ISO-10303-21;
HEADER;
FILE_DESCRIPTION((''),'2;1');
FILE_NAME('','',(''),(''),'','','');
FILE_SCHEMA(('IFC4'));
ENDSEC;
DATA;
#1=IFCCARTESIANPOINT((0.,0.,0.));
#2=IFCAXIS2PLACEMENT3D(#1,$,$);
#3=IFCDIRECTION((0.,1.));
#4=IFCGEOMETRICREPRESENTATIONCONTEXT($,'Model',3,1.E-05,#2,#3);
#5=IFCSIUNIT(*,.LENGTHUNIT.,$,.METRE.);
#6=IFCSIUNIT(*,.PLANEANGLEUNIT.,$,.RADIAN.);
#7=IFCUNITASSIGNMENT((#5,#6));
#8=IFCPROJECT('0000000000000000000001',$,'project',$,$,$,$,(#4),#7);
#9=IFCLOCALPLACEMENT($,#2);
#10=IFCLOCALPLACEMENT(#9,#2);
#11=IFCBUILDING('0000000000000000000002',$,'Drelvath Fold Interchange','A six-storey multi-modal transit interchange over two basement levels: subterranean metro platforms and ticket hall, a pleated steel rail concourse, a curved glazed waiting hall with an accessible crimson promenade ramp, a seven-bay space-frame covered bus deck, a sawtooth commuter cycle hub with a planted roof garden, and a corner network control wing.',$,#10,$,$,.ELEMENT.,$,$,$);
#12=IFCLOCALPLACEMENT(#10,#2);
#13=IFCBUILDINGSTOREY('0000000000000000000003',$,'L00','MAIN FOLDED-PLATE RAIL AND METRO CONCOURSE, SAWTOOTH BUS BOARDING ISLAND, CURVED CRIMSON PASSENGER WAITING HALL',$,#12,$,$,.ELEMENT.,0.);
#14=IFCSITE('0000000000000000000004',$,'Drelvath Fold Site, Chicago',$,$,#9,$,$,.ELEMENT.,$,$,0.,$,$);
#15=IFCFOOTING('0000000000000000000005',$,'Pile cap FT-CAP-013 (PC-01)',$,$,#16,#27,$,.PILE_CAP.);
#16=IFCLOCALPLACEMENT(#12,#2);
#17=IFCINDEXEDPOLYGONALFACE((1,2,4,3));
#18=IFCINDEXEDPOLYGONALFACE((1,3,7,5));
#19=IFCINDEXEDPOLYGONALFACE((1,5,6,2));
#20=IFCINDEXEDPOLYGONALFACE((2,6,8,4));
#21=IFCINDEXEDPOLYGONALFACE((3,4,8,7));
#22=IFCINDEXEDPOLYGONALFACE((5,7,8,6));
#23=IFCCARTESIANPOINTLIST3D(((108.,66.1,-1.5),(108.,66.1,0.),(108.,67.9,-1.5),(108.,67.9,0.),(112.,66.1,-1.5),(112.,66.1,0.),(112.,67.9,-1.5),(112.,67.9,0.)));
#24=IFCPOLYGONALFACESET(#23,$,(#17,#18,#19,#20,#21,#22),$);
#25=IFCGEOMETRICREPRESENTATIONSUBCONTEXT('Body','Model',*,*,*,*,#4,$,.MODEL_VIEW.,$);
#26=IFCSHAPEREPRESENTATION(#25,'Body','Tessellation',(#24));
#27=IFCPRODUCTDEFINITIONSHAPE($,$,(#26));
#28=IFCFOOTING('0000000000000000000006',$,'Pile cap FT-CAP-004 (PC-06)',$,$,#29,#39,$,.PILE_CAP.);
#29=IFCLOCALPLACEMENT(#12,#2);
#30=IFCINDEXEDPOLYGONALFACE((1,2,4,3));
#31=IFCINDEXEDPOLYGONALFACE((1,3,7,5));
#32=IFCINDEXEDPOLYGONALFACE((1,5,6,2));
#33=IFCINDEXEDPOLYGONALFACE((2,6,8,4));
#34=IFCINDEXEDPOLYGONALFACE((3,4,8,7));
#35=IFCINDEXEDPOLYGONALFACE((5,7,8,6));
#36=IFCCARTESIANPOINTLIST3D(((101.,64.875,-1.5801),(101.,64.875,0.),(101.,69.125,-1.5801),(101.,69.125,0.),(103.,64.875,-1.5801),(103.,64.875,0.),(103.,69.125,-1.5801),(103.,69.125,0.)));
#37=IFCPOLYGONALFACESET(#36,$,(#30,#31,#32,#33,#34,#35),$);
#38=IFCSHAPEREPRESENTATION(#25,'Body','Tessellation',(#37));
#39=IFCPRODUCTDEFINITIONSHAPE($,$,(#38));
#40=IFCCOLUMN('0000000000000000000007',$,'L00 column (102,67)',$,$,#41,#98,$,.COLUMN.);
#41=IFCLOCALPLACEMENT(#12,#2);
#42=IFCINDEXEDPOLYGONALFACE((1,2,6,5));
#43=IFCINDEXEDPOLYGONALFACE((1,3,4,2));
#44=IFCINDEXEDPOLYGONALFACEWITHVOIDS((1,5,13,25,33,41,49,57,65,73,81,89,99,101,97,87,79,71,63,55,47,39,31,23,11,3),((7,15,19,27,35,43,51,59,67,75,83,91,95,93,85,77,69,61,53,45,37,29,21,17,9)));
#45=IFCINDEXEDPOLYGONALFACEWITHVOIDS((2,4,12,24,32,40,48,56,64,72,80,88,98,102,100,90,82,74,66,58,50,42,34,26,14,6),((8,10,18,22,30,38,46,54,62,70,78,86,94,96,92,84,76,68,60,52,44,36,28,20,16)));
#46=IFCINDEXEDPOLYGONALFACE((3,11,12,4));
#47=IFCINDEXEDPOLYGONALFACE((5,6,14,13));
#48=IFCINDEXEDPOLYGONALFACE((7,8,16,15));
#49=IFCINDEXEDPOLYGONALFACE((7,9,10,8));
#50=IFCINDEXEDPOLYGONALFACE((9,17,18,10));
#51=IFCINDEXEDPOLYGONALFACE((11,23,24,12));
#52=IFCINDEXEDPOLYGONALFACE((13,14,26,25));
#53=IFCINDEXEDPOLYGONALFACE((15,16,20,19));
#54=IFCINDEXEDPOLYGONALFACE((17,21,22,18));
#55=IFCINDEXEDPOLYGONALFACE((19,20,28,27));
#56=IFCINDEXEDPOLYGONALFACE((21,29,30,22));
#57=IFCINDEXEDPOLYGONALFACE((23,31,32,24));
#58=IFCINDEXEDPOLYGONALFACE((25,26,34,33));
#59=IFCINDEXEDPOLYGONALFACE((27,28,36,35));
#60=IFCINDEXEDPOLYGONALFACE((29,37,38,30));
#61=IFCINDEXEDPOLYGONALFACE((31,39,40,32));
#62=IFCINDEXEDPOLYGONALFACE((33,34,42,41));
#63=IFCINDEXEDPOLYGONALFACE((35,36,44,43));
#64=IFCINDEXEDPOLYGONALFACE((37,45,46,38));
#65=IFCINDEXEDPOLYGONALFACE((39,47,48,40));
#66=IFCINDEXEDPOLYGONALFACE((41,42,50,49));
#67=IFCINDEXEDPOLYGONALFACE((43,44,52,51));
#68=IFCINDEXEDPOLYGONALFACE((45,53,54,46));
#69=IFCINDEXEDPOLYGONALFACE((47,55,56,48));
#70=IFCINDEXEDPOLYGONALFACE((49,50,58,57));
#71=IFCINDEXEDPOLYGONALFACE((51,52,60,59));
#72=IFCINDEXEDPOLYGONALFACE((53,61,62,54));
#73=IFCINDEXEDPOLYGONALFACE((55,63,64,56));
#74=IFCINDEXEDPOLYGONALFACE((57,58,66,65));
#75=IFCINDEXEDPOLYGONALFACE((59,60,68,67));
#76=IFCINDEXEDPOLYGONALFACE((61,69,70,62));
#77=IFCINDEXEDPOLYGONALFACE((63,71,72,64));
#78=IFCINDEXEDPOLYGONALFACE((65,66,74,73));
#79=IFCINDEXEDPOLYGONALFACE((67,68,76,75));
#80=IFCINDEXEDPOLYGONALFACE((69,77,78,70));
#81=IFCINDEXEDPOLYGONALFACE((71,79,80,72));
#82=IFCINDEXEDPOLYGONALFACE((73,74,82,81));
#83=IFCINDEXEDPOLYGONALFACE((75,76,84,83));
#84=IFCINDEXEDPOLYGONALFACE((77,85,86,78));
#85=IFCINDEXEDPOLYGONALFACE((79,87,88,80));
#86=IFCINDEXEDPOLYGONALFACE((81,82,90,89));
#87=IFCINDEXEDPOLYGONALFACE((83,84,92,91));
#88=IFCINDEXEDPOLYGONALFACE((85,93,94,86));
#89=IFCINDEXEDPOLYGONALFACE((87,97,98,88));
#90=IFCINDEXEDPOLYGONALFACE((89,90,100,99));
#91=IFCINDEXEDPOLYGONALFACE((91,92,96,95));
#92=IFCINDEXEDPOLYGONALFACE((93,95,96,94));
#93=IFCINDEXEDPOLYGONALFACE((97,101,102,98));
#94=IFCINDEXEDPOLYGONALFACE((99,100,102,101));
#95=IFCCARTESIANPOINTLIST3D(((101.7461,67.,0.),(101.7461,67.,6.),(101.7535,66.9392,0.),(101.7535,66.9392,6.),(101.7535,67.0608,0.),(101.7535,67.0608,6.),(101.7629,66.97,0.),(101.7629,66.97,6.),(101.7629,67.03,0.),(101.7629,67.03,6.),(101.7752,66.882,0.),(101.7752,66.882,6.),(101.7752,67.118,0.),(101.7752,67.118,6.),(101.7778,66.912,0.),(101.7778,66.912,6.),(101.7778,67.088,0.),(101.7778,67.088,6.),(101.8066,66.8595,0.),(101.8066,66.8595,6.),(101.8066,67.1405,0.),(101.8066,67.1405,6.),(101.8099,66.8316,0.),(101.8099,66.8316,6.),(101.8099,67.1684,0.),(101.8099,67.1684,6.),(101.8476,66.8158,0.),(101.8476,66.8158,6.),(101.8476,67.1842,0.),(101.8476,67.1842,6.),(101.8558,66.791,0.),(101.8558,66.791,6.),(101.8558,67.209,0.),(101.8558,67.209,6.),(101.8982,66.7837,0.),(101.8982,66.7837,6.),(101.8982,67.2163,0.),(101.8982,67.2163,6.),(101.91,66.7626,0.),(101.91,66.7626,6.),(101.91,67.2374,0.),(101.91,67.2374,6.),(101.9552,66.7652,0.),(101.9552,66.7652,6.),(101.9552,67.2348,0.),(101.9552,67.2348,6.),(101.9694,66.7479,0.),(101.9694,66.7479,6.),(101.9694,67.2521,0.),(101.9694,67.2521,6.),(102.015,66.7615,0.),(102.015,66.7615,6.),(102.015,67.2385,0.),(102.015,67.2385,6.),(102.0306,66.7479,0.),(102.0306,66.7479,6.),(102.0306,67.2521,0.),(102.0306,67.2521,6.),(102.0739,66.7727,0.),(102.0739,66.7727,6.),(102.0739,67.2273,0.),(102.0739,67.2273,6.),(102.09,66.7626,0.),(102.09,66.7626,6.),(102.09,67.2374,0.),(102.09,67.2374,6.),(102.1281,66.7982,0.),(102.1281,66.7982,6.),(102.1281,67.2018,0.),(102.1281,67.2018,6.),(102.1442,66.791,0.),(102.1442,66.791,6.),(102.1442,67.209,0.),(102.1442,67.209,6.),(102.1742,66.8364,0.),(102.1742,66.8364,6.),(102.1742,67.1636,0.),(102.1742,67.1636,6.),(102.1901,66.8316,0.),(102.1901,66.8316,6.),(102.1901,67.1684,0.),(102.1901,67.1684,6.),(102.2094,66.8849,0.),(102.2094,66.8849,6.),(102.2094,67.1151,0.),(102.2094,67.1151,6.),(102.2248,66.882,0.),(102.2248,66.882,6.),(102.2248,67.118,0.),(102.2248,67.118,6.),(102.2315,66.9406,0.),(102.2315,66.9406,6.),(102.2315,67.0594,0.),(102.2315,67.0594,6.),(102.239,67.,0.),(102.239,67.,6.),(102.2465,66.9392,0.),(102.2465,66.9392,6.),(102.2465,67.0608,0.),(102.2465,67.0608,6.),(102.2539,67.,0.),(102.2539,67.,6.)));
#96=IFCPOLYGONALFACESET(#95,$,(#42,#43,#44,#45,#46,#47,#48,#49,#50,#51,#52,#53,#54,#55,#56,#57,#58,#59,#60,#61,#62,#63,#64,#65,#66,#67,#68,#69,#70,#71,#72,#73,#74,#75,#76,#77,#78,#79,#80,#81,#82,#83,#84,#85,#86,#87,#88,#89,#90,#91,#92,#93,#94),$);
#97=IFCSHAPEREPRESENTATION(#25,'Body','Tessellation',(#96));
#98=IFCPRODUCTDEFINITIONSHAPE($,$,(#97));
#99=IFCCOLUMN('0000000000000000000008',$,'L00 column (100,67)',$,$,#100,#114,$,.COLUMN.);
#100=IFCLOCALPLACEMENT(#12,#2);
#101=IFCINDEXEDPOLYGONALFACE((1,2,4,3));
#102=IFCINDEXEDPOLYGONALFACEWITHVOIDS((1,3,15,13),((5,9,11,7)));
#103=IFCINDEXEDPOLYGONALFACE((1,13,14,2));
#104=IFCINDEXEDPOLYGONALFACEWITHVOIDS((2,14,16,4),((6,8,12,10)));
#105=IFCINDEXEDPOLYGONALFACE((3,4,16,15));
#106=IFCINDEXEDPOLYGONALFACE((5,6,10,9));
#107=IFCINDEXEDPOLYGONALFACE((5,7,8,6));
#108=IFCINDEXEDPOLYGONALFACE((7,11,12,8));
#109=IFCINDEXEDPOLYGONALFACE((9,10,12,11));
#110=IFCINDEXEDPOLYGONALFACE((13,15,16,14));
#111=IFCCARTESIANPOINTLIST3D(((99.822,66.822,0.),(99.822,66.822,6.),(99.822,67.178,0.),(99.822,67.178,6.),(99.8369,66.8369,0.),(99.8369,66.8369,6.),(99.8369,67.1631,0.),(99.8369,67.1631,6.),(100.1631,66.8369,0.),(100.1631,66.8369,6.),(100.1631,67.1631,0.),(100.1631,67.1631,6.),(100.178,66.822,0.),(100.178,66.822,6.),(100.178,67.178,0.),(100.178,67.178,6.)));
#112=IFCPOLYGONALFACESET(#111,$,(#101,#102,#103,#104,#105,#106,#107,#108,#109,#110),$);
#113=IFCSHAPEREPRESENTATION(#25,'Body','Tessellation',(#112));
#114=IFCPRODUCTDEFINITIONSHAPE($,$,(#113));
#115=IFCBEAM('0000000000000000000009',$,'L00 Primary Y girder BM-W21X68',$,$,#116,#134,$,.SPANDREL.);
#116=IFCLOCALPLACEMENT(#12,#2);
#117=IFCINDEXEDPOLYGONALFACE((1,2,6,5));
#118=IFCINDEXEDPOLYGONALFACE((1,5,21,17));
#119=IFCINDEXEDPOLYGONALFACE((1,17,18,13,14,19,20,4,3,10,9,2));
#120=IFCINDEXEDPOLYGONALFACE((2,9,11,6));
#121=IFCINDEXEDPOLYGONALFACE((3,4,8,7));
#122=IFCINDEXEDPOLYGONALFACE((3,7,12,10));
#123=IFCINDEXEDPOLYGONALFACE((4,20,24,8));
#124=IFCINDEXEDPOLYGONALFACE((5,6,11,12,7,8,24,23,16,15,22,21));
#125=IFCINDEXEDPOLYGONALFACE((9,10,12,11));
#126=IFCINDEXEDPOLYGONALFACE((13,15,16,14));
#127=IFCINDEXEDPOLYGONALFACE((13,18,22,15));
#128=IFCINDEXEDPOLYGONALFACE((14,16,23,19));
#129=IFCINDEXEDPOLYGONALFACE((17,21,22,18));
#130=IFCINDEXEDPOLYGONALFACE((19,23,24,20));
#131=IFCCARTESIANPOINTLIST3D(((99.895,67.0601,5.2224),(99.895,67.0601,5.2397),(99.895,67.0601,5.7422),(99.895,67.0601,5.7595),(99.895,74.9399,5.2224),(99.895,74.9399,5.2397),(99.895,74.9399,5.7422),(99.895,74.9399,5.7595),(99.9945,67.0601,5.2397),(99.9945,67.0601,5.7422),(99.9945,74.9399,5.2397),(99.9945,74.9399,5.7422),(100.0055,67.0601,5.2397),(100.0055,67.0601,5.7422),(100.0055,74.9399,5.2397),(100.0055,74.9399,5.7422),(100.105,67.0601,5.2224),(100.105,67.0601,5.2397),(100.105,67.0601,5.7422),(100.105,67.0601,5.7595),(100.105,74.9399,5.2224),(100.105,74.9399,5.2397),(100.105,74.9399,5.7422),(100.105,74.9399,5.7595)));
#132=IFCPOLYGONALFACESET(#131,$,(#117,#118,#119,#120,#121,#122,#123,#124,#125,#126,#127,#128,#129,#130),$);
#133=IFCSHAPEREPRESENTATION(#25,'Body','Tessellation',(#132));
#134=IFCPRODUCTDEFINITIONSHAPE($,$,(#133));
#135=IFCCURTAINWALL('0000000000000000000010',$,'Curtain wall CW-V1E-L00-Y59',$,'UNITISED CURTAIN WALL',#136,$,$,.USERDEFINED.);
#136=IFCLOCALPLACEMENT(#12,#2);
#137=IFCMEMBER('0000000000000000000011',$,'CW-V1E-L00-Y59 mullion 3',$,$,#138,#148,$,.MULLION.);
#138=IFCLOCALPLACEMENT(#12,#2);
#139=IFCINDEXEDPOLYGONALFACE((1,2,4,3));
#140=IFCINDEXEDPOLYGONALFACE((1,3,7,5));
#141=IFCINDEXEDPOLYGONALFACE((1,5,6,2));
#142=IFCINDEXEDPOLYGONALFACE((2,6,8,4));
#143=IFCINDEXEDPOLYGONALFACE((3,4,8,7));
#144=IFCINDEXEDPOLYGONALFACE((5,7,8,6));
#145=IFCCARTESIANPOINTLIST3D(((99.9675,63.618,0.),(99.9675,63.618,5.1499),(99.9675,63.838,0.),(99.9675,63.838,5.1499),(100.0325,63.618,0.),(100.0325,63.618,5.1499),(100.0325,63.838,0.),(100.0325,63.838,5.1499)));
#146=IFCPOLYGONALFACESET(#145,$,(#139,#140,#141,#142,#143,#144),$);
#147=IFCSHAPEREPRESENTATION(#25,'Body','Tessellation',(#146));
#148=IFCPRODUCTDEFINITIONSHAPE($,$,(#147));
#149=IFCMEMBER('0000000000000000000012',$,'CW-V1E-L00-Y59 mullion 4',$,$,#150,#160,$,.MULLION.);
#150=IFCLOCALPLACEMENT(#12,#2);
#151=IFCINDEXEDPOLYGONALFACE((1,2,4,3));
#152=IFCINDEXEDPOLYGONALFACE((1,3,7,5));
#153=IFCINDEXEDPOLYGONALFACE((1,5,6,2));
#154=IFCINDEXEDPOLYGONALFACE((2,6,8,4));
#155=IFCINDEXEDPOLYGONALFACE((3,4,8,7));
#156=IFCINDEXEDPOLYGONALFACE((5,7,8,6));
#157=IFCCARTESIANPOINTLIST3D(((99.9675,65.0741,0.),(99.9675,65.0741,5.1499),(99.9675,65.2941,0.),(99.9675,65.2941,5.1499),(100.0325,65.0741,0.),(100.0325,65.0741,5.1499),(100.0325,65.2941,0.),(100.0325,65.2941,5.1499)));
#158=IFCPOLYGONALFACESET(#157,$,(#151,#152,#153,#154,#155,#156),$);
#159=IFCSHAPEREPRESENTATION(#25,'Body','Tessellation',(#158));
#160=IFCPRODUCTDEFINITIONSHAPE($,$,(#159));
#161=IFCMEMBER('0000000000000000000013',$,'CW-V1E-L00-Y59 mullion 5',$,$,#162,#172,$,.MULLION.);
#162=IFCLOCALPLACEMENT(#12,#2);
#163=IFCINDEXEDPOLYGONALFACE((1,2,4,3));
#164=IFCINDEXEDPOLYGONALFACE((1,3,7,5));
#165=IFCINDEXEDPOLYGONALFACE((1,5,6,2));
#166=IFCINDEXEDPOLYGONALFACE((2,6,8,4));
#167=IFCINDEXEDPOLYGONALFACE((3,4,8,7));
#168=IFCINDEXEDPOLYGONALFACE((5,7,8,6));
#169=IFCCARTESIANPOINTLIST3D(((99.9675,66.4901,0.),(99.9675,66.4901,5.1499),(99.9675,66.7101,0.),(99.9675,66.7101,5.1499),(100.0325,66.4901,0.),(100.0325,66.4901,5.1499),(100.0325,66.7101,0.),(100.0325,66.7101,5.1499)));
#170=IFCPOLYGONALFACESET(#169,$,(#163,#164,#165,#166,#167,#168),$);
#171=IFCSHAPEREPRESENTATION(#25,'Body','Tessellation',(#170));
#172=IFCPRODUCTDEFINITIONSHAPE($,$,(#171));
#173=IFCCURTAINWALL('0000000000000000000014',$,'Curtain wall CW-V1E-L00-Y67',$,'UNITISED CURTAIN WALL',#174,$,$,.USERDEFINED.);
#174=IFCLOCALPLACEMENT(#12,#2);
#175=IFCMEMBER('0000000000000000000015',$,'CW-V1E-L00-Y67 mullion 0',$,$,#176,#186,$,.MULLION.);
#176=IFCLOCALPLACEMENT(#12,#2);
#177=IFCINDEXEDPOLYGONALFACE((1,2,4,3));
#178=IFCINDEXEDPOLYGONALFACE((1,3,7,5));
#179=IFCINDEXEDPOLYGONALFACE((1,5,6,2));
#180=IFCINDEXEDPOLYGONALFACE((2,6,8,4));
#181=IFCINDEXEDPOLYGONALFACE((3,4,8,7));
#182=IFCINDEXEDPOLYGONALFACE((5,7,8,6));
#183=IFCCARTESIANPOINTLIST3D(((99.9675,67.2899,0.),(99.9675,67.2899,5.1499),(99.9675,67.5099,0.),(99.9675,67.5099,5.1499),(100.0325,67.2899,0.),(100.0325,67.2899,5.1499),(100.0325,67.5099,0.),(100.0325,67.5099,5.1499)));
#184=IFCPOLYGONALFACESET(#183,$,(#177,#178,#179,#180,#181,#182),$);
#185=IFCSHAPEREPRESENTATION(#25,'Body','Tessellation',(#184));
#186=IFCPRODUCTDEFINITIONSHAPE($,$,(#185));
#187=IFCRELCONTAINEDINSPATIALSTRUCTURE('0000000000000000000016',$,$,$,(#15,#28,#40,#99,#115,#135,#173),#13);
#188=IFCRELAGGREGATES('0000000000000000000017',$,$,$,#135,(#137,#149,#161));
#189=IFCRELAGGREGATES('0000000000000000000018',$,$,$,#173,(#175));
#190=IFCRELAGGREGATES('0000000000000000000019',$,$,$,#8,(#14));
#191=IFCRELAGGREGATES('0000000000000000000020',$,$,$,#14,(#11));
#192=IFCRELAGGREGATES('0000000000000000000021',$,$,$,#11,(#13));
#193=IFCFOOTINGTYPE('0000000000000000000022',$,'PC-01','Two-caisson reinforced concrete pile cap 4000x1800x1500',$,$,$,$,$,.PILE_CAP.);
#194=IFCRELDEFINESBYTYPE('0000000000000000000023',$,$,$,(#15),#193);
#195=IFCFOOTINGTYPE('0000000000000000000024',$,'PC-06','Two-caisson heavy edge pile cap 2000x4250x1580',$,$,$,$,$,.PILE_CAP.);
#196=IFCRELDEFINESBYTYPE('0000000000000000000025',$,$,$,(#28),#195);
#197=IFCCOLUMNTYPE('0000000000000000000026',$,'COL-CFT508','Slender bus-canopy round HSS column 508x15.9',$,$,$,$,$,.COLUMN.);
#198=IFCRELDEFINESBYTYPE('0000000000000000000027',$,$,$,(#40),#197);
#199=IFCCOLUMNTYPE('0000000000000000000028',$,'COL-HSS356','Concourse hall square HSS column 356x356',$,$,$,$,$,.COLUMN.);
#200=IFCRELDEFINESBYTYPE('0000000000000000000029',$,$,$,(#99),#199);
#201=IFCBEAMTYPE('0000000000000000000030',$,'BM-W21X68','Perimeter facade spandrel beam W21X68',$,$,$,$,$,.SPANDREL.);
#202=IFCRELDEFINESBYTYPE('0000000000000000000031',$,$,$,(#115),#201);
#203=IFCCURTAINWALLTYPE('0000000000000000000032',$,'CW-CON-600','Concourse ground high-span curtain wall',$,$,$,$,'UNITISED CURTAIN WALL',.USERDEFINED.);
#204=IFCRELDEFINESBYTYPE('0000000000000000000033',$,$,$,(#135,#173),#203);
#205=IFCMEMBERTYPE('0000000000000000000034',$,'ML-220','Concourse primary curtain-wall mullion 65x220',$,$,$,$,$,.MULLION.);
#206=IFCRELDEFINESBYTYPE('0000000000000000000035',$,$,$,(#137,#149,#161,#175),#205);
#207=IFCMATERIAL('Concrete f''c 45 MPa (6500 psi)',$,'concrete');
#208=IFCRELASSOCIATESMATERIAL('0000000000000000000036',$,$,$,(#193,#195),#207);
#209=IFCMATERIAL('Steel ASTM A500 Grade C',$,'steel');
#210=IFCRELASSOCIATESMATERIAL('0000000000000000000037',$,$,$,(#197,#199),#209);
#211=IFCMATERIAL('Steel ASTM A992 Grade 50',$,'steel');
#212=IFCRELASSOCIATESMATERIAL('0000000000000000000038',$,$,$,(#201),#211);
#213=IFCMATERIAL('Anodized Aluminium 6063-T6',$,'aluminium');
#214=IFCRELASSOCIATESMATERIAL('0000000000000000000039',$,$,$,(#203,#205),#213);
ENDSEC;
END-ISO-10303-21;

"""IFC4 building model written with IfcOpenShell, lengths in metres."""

from ifc_helpers import new_model, si_unit, direction, frame, origin, origin_2d, place, context, subcontext, project, spatial, rectangle, hollow_rectangle, hollow_circle, i_section, extrude, material, material_profile, profile_set, type_object, element, aggregate, save


model = new_model("IFC4")

# Units and contexts
model_context = context("Model", 3, precision=1e-05, world=origin(), true_north=direction((0.0, 1.0)))
body_context = subcontext(model_context, "Body", "Model", "MODEL_VIEW")
ifc_project = project(units=[si_unit("LENGTHUNIT", "METRE"), si_unit("PLANEANGLEUNIT", "RADIAN")], contexts=[model_context])

# Site, building, storey
site_placement = place(None, origin())
site = spatial("IfcSite", under=ifc_project, at=site_placement, Name="Drelvath Fold Site, Chicago", CompositionType="ELEMENT", RefElevation=0.0)
building_placement = place(site_placement, origin())
building = spatial("IfcBuilding", under=site, at=building_placement, Name="Drelvath Fold Interchange", Description="A six-storey multi-modal transit interchange over two basement levels: subterranean metro platforms and ticket hall, a pleated steel rail concourse, a curved glazed waiting hall with an accessible crimson promenade ramp, a seven-bay space-frame covered bus deck, a sawtooth commuter cycle hub with a planted roof garden, and a corner network control wing.", CompositionType="ELEMENT")
storey_placement = place(building_placement, origin())
storey = spatial("IfcBuildingStorey", under=building, at=storey_placement, Name="L00", Description="MAIN FOLDED-PLATE RAIL AND METRO CONCOURSE, SAWTOOTH BUS BOARDING ISLAND, CURVED CRIMSON PASSENGER WAITING HALL", CompositionType="ELEMENT", Elevation=0.0)

# Footings
ifc_material_1 = material(Name="Concrete f'c 45 MPa (6500 psi)", Category="concrete")
footing_type_1 = type_object("IfcFootingType", Name="PC-01", Description="Two-caisson reinforced concrete pile cap 4000x1800x1500", PredefinedType="PILE_CAP", material=ifc_material_1)
footing_1_placement = place(storey_placement, frame((110.0, 67.0, -1.5), z_axis=(0.0, 0.0, 1.0), x_axis=(1.0, 0.0, 0.0)))
element("IfcFooting", 1, at=footing_1_placement, inside=storey, type_object=footing_type_1, Name="Pile cap FT-CAP-013 (PC-01)", PredefinedType="PILE_CAP", context=body_context, shape_type="SweptSolid", body=[
    extrude(rectangle(XDim=4.0, YDim=1.8, at=origin_2d()), origin(), (0.0, 0.0, 1.0), 1.5),
])
footing_type_2 = type_object("IfcFootingType", Name="PC-06", Description="Two-caisson heavy edge pile cap 2000x4250x1580", PredefinedType="PILE_CAP", material=ifc_material_1)
footing_2_placement = place(storey_placement, frame((102.0, 67.0, -1.5801), z_axis=(0.0, 0.0, 1.0), x_axis=(1.0, 0.0, 0.0)))
element("IfcFooting", 2, at=footing_2_placement, inside=storey, type_object=footing_type_2, Name="Pile cap FT-CAP-004 (PC-06)", PredefinedType="PILE_CAP", context=body_context, shape_type="SweptSolid", body=[
    extrude(rectangle(XDim=2.0, YDim=4.25, at=origin_2d()), origin(), (0.0, 0.0, 1.0), 1.5801),
])

# Columns
ifc_material_2 = material(Name="Steel ASTM A500 Grade C", Category="steel")
ifc_material_profile_1 = material_profile(ifc_material_2, hollow_circle(Radius=0.2539, WallThickness=0.0149, at=origin_2d()), Name="HSS20.000X0.625")
ifc_profile_set_1 = profile_set([ifc_material_profile_1], Name="Steel ASTM A500 Grade C")
column_type_1 = type_object("IfcColumnType", Name="COL-CFT508", Description="Slender bus-canopy round HSS column 508x15.9", PredefinedType="COLUMN", material=ifc_profile_set_1)
column_1_placement = place(storey_placement, frame((102.0, 67.0, 0.0), z_axis=(0.0, 0.0, 1.0), x_axis=(1.0, 0.0, 0.0)))
element("IfcColumn", 3, at=column_1_placement, inside=storey, type_object=column_type_1, Name="L00 column (102,67)", PredefinedType="COLUMN", context=body_context, shape_type="SweptSolid", body=[
    extrude(hollow_circle(Radius=0.2539, WallThickness=0.0149, at=origin_2d()), origin(), (0.0, 0.0, 1.0), 6.0),
])
ifc_material_profile_2 = material_profile(ifc_material_2, hollow_rectangle(XDim=0.356, YDim=0.356, WallThickness=0.0149, at=origin_2d()), Name="HSS14X14X5/8")
ifc_profile_set_2 = profile_set([ifc_material_profile_2], Name="Steel ASTM A500 Grade C")
column_type_2 = type_object("IfcColumnType", Name="COL-HSS356", Description="Concourse hall square HSS column 356x356", PredefinedType="COLUMN", material=ifc_profile_set_2)
column_2_placement = place(storey_placement, frame((100.0, 67.0, 0.0), z_axis=(0.0, 0.0, 1.0), x_axis=(1.0, 0.0, 0.0)))
element("IfcColumn", 4, at=column_2_placement, inside=storey, type_object=column_type_2, Name="L00 column (100,67)", PredefinedType="COLUMN", context=body_context, shape_type="SweptSolid", body=[
    extrude(hollow_rectangle(XDim=0.356, YDim=0.356, WallThickness=0.0149, at=origin_2d()), origin(), (0.0, 0.0, 1.0), 6.0),
])

# Beam
ifc_material_3 = material(Name="Steel ASTM A992 Grade 50", Category="steel")
ifc_material_profile_3 = material_profile(ifc_material_3, i_section(OverallWidth=0.21, OverallDepth=0.5371, WebThickness=0.011, FlangeThickness=0.0173, at=origin_2d()), Name="W21X68")
ifc_profile_set_3 = profile_set([ifc_material_profile_3], Name="Steel ASTM A992 Grade 50")
beam_type = type_object("IfcBeamType", Name="BM-W21X68", Description="Perimeter facade spandrel beam W21X68", PredefinedType="SPANDREL", material=ifc_profile_set_3)
beam_placement = place(storey_placement, frame((100.0, 67.0601, 5.491), z_axis=(0.0, 1.0, 0.0), x_axis=(-1.0, 0.0, 0.0)))
element("IfcBeam", 5, at=beam_placement, inside=storey, type_object=beam_type, Name="L00 Primary Y girder BM-W21X68", PredefinedType="SPANDREL", context=body_context, shape_type="SweptSolid", body=[
    extrude(i_section(OverallWidth=0.21, OverallDepth=0.5371, WebThickness=0.011, FlangeThickness=0.0173, at=origin_2d()), origin(), (0.0, 0.0, 1.0), 7.8799),
])

# Curtain walls, members
ifc_material_4 = material(Name="Anodized Aluminium 6063-T6", Category="aluminium")
curtain_wall_type = type_object("IfcCurtainWallType", Name="CW-CON-600", Description="Concourse ground high-span curtain wall", ElementType="UNITISED CURTAIN WALL", PredefinedType="USERDEFINED", material=ifc_material_4)
curtain_wall_1_placement = place(storey_placement, origin())
curtain_wall_1 = element("IfcCurtainWall", 6, at=curtain_wall_1_placement, inside=storey, type_object=curtain_wall_type, Name="Curtain wall CW-V1E-L00-Y59", ObjectType="UNITISED CURTAIN WALL", PredefinedType="USERDEFINED")
ifc_material_profile_4 = material_profile(ifc_material_4, rectangle(XDim=0.0649, YDim=0.22, at=origin_2d()), Name="AL-M 65x220")
ifc_profile_set_4 = profile_set([ifc_material_profile_4], Name="Anodized Aluminium 6063-T6")
member_type_1 = type_object("IfcMemberType", Name="ML-220", Description="Concourse primary curtain-wall mullion 65x220", PredefinedType="MULLION", material=ifc_profile_set_4)
member_1_placement = place(storey_placement, frame((100.0, 63.728, 0.0), z_axis=(0.0, 0.0, 1.0), x_axis=(1.0, 0.0, 0.0)))
member_1 = element("IfcMember", 7, at=member_1_placement, type_object=member_type_1, Name="CW-V1E-L00-Y59 mullion 3", PredefinedType="MULLION", context=body_context, shape_type="SweptSolid", body=[
    extrude(rectangle(XDim=0.0649, YDim=0.22, at=origin_2d()), origin(), (0.0, 0.0, 1.0), 5.1499),
])
member_2_placement = place(storey_placement, frame((100.0, 65.1841, 0.0), z_axis=(0.0, 0.0, 1.0), x_axis=(1.0, 0.0, 0.0)))
member_2 = element("IfcMember", 8, at=member_2_placement, type_object=member_type_1, Name="CW-V1E-L00-Y59 mullion 4", PredefinedType="MULLION", context=body_context, shape_type="SweptSolid", body=[
    extrude(rectangle(XDim=0.0649, YDim=0.22, at=origin_2d()), origin(), (0.0, 0.0, 1.0), 5.1499),
])
member_3_placement = place(storey_placement, frame((100.0, 66.6001, 0.0), z_axis=(0.0, 0.0, 1.0), x_axis=(1.0, 0.0, 0.0)))
member_3 = element("IfcMember", 9, at=member_3_placement, type_object=member_type_1, Name="CW-V1E-L00-Y59 mullion 5", PredefinedType="MULLION", context=body_context, shape_type="SweptSolid", body=[
    extrude(rectangle(XDim=0.0649, YDim=0.22, at=origin_2d()), origin(), (0.0, 0.0, 1.0), 5.1499),
])
curtain_wall_2_placement = place(storey_placement, origin())
curtain_wall_2 = element("IfcCurtainWall", 10, at=curtain_wall_2_placement, inside=storey, type_object=curtain_wall_type, Name="Curtain wall CW-V1E-L00-Y67", ObjectType="UNITISED CURTAIN WALL", PredefinedType="USERDEFINED")
member_4_placement = place(storey_placement, frame((100.0, 67.3999, 0.0), z_axis=(0.0, 0.0, 1.0), x_axis=(1.0, 0.0, 0.0)))
member_4 = element("IfcMember", 11, at=member_4_placement, type_object=member_type_1, Name="CW-V1E-L00-Y67 mullion 0", PredefinedType="MULLION", context=body_context, shape_type="SweptSolid", body=[
    extrude(rectangle(XDim=0.0649, YDim=0.22, at=origin_2d()), origin(), (0.0, 0.0, 1.0), 5.1499),
])

aggregate(curtain_wall_1, [member_1, member_2, member_3])
aggregate(curtain_wall_2, [member_4])

save(model, "model.ifc")
